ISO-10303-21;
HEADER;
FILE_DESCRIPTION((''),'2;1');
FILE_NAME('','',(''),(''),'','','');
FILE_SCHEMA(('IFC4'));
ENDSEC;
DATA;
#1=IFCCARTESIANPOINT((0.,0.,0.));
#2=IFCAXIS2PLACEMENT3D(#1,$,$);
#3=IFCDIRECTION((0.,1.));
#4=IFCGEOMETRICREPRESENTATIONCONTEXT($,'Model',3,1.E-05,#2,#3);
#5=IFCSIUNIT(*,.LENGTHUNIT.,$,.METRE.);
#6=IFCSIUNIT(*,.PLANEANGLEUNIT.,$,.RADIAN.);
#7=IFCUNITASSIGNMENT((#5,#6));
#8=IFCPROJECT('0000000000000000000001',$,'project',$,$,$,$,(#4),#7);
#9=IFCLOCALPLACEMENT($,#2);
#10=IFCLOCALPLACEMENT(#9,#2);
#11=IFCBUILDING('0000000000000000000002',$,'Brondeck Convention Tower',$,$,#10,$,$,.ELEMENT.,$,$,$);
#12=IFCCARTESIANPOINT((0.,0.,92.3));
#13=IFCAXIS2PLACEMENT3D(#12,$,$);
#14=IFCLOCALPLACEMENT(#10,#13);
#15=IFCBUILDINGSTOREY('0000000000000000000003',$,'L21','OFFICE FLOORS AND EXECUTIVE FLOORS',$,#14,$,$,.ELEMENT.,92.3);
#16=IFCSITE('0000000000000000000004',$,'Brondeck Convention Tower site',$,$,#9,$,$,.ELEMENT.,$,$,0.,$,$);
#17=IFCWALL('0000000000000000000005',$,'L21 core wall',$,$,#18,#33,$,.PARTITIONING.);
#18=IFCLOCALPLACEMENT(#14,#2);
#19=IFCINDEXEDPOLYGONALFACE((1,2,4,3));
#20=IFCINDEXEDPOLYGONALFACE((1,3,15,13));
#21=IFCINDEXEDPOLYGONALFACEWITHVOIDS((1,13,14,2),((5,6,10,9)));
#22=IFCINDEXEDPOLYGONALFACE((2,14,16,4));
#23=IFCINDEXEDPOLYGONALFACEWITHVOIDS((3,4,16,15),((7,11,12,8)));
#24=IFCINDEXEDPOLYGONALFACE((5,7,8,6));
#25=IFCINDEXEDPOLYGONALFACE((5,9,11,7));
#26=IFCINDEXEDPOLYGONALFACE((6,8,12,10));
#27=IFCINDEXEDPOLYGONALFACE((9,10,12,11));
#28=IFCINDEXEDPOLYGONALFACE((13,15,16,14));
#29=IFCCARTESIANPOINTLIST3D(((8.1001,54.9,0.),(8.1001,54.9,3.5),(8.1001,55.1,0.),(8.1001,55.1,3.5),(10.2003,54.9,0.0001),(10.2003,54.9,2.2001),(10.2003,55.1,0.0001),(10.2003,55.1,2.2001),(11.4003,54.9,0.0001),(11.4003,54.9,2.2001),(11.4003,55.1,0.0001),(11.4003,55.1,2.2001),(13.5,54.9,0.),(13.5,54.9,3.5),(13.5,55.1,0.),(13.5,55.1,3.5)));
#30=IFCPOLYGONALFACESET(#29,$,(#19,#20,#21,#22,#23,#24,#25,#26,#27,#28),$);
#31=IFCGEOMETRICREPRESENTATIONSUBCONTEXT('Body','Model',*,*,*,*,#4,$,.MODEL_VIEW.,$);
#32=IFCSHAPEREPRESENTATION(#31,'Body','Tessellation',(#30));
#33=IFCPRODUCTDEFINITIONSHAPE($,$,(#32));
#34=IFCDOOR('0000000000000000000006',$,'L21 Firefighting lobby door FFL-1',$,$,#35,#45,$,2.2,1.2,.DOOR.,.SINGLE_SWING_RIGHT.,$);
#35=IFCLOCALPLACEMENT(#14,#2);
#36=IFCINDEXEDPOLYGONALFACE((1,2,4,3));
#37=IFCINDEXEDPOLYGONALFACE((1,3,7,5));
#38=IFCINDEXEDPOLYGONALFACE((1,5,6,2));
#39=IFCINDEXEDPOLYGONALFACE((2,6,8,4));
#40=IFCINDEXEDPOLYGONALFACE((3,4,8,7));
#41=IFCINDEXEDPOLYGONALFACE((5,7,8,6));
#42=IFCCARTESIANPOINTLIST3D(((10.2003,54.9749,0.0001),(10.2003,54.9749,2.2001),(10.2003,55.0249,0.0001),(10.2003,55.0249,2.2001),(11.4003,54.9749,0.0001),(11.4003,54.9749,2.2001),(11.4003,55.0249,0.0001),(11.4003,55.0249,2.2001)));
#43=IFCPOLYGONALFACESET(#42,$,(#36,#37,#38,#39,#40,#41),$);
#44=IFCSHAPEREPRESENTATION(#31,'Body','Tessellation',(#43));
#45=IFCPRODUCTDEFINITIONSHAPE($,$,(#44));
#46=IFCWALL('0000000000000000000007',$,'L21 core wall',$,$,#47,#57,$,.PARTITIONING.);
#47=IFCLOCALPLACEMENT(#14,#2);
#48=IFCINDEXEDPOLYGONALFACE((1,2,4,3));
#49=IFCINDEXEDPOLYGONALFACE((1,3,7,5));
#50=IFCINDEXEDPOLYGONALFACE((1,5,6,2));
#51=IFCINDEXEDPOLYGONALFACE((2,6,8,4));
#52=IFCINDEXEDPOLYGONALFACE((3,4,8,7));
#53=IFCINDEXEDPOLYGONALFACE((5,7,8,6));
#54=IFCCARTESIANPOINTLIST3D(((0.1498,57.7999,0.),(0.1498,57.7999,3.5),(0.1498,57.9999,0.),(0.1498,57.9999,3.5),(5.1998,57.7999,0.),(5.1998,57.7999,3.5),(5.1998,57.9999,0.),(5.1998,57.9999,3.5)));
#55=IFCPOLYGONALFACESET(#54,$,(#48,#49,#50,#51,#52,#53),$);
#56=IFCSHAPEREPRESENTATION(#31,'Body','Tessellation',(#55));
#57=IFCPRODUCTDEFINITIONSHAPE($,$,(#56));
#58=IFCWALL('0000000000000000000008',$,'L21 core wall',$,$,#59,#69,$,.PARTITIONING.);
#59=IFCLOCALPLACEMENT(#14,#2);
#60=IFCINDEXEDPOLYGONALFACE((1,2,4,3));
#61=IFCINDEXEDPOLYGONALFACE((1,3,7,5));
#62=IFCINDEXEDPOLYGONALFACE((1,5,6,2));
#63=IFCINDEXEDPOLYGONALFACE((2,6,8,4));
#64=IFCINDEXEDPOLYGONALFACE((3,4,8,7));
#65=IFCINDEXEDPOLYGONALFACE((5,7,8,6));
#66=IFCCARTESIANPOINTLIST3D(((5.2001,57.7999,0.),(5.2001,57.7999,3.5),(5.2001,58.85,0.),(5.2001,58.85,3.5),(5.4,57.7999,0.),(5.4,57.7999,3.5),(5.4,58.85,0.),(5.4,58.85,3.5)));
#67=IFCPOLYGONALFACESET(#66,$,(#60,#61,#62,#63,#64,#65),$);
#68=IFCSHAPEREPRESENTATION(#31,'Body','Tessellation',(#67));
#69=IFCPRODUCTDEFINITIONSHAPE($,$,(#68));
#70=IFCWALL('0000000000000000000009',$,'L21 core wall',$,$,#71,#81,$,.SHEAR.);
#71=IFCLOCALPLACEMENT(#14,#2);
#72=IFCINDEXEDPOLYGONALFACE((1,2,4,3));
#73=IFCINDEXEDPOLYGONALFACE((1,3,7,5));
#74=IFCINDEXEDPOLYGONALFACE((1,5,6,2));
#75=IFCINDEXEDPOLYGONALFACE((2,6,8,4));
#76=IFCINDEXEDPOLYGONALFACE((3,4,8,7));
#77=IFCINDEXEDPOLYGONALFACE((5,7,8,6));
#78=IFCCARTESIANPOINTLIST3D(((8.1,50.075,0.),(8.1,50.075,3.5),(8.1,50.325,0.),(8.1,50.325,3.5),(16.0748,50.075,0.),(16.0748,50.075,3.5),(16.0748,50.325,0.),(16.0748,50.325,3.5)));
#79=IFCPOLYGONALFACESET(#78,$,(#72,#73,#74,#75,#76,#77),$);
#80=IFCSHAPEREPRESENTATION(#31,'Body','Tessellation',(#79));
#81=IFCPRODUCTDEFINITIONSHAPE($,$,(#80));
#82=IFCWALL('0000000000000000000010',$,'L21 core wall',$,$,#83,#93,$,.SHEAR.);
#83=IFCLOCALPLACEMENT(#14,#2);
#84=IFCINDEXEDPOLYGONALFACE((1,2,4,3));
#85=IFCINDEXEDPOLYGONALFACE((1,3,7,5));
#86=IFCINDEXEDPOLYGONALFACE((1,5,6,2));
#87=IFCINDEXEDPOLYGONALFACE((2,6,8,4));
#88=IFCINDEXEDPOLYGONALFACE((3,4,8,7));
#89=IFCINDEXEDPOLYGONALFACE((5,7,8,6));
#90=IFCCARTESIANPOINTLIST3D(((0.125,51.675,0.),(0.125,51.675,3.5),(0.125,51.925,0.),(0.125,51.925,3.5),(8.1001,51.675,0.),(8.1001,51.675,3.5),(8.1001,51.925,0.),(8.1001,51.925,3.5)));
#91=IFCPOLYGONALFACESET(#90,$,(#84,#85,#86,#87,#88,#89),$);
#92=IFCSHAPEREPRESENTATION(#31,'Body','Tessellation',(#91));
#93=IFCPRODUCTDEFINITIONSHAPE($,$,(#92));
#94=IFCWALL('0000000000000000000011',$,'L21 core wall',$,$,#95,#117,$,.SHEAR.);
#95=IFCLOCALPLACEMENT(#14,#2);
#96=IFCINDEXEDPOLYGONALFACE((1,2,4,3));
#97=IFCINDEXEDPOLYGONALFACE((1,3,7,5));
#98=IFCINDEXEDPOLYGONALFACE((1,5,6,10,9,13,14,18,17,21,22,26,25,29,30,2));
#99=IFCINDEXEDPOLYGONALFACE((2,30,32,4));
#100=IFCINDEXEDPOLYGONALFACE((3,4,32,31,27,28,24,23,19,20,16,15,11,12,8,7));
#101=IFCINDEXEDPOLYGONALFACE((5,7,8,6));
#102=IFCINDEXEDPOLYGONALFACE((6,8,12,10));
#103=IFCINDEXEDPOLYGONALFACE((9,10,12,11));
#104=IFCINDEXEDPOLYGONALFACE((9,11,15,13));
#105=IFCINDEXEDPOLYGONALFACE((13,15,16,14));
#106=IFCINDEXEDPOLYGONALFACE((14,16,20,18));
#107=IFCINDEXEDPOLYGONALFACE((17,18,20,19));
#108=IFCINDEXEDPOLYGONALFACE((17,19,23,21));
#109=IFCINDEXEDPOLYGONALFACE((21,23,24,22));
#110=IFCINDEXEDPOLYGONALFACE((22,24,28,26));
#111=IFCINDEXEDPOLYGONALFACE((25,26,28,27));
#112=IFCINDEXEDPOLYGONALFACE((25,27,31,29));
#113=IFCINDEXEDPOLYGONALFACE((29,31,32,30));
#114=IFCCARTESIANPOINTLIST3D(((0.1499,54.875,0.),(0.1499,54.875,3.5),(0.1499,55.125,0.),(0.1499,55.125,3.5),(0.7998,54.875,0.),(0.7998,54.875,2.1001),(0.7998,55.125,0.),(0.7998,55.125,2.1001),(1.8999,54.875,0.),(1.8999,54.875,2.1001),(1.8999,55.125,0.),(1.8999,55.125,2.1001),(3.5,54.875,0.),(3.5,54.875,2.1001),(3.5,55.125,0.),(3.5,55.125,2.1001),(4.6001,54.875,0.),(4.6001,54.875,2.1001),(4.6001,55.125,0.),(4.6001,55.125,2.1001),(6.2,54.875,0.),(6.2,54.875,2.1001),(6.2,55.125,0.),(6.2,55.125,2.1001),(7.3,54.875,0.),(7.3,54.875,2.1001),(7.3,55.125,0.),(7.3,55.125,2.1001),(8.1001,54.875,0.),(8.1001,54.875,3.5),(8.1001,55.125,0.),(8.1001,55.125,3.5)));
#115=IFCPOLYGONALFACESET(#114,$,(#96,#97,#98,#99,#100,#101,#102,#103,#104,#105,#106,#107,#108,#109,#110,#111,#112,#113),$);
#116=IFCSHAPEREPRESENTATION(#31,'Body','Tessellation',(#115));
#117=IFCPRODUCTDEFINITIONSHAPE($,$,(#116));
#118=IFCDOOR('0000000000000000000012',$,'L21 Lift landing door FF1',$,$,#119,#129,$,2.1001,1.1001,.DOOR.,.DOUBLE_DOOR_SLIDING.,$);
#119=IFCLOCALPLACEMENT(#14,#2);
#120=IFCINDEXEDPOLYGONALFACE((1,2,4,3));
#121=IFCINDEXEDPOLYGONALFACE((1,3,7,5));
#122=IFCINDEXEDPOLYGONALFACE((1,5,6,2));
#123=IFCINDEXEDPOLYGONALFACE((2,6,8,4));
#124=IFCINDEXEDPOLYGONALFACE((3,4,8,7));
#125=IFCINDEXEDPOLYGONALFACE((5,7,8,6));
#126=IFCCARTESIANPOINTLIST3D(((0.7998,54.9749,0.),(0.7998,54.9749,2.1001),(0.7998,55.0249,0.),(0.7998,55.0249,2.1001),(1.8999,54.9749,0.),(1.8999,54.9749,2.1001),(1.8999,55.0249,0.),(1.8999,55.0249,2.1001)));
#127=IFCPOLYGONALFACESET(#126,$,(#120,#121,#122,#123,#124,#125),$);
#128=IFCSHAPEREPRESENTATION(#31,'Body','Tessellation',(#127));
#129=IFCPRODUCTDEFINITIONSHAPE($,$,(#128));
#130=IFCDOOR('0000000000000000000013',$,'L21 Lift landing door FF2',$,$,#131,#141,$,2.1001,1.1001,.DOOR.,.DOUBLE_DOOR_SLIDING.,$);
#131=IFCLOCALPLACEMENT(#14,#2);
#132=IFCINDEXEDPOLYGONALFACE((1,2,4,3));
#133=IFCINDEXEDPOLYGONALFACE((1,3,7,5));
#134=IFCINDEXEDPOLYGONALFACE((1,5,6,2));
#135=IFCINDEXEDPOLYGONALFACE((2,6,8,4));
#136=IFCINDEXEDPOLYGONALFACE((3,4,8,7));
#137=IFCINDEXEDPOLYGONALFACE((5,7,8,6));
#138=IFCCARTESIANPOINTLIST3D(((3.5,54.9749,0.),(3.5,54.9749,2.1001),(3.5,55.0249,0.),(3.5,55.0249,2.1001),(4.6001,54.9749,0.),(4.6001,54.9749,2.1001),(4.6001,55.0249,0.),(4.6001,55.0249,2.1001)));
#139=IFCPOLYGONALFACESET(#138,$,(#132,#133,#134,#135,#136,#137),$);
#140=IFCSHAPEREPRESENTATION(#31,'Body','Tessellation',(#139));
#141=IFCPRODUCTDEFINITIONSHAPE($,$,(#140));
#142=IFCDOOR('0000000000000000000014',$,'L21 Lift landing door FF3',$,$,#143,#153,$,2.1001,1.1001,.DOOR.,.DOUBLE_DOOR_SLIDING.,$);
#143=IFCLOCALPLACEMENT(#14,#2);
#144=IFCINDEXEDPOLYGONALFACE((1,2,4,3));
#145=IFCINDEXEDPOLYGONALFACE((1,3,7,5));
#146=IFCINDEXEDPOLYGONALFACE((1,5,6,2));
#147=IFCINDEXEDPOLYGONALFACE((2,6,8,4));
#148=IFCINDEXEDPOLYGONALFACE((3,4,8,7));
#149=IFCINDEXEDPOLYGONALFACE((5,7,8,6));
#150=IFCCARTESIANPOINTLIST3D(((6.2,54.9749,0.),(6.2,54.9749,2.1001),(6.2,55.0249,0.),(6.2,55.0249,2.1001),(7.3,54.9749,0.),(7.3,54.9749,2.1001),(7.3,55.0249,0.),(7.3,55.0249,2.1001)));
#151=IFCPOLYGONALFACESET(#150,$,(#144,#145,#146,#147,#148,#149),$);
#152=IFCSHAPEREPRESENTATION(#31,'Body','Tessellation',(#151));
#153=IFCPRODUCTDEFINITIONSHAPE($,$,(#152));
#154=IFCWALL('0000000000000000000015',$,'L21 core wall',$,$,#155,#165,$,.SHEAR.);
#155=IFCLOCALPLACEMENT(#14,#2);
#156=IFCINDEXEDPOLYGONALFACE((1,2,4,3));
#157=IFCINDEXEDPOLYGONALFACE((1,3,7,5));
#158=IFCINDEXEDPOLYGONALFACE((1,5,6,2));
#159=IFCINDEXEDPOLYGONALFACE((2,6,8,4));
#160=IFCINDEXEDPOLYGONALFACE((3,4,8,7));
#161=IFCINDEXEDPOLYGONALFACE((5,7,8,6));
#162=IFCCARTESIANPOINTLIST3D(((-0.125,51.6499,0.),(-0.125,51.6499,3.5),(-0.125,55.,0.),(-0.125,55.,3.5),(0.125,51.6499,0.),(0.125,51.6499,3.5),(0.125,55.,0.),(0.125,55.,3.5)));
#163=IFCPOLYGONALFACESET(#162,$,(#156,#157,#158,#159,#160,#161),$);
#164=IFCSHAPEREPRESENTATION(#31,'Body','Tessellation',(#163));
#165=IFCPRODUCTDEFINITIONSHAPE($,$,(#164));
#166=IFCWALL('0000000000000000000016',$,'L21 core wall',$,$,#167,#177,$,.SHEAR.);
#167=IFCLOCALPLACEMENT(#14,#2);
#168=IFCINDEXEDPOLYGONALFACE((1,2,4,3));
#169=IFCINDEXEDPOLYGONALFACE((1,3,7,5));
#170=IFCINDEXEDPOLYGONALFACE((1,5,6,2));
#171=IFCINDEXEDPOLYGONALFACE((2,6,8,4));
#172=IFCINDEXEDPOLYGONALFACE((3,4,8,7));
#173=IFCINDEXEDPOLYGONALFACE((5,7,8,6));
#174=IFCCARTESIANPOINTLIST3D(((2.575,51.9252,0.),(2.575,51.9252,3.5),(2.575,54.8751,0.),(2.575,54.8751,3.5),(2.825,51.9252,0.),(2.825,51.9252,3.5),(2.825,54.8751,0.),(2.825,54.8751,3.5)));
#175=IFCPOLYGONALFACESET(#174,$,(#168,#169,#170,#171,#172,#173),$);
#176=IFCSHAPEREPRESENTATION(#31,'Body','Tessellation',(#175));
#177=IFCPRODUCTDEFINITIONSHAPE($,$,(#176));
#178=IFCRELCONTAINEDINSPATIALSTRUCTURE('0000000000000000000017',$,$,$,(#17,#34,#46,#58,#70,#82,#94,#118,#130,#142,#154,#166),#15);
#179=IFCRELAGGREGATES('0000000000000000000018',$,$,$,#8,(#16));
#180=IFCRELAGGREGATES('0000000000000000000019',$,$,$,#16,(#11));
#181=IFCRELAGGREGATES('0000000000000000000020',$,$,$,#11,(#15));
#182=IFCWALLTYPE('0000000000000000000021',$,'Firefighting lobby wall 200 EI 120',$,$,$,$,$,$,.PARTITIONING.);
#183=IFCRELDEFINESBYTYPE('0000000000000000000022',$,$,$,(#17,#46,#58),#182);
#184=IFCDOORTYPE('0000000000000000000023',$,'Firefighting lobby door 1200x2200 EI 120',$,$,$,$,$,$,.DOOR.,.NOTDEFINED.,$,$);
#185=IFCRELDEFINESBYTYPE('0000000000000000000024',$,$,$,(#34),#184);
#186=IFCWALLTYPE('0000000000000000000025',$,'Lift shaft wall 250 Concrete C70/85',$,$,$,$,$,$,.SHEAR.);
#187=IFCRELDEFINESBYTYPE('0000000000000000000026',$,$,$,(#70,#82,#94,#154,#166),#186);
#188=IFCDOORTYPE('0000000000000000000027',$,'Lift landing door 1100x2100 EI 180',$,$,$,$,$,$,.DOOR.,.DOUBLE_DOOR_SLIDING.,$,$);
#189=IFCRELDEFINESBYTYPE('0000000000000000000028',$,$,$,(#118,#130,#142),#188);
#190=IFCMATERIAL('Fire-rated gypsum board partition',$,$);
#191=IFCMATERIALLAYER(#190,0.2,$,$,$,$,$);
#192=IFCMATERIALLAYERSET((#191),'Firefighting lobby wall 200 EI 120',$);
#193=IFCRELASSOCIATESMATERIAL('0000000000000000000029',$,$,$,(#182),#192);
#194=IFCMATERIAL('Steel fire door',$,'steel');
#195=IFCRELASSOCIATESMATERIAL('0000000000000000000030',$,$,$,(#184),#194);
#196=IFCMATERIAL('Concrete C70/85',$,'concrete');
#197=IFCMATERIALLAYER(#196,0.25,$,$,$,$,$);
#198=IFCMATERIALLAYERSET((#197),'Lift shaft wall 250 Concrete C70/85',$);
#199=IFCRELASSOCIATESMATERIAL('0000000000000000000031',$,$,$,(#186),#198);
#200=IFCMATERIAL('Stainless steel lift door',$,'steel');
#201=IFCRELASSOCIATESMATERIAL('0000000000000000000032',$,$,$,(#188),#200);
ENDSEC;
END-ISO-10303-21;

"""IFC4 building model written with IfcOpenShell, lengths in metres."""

from ifc_helpers import new_model, si_unit, direction, frame, frame_2d, origin, place, context, subcontext, project, spatial, rectangle, extrude, material, layer, layer_set, type_object, element, fill, save


model = new_model("IFC4")

# Units and contexts
model_context = context("Model", 3, precision=1e-05, world=origin(), true_north=direction((0.0, 1.0)))
body_context = subcontext(model_context, "Body", "Model", "MODEL_VIEW")
ifc_project = project(units=[si_unit("LENGTHUNIT", "METRE"), si_unit("PLANEANGLEUNIT", "RADIAN")], contexts=[model_context])

# Site, building, storey
site_placement = place(None, origin())
site = spatial("IfcSite", under=ifc_project, at=site_placement, Name="Brondeck Convention Tower site", CompositionType="ELEMENT", RefElevation=0.0)
building_placement = place(site_placement, origin())
building = spatial("IfcBuilding", under=site, at=building_placement, Name="Brondeck Convention Tower", CompositionType="ELEMENT")
storey_placement = place(building_placement, frame((0.0, 0.0, 92.3)))
storey = spatial("IfcBuildingStorey", under=building, at=storey_placement, Name="L21", Description="OFFICE FLOORS AND EXECUTIVE FLOORS", CompositionType="ELEMENT", Elevation=92.3)

# Shared definitions
ifc_material_1 = material(Name="Concrete C70/85", Category="concrete")

# Shared definitions
ifc_material_2 = material(Name="Fire-rated gypsum board partition")

# Wall, opening, door
ifc_layer_1 = layer(ifc_material_2, 0.2)
ifc_layer_set_1 = layer_set([ifc_layer_1], Name="Firefighting lobby wall 200 EI 120")
wall_type_1 = type_object("IfcWallType", Name="Firefighting lobby wall 200 EI 120", PredefinedType="PARTITIONING", material=ifc_layer_set_1)
wall_1_placement = place(storey_placement, frame((8.1001, 55.0, 0.0), z_axis=(0.0, 0.0, 1.0), x_axis=(1.0, 0.0, 0.0)))
wall_1 = element("IfcWall", 1, at=wall_1_placement, inside=storey, type_object=wall_type_1, Name="L21 core wall", PredefinedType="PARTITIONING", context=body_context, shape_type="SweptSolid", body=[
    extrude(rectangle(XDim=5.3999, YDim=0.2, at=frame_2d((2.7, 0.0))), origin(), (0.0, 0.0, 1.0), 3.5),
])
opening_1_placement = place(wall_1_placement, frame((2.1001, 0.0, 0.0)))
opening_1 = element("IfcOpeningElement", 2, at=opening_1_placement, cuts=wall_1, PredefinedType="OPENING", context=body_context, shape_type="SweptSolid", body=[
    extrude(rectangle(XDim=1.2, YDim=2.2, at=frame_2d((0.6001, 1.1001))), frame((0.0, 0.1099, 0.0), z_axis=(0.0, -1.0, 0.0), x_axis=(1.0, 0.0, 0.0)), (0.0, 0.0, 1.0), 0.22),
])
ifc_material_3 = material(Name="Steel fire door", Category="steel")
door_type_1 = type_object("IfcDoorType", Name="Firefighting lobby door 1200x2200 EI 120", OperationType="NOTDEFINED", PredefinedType="DOOR", material=ifc_material_3)
door_1_placement = place(opening_1_placement, origin())
door_1 = element("IfcDoor", 3, at=door_1_placement, inside=storey, type_object=door_type_1, Name="L21 Firefighting lobby door FFL-1", OperationType="SINGLE_SWING_RIGHT", OverallHeight=2.2, OverallWidth=1.2, PredefinedType="DOOR", context=body_context, shape_type="SweptSolid", body=[
    extrude(rectangle(XDim=1.2, YDim=2.2, at=frame_2d((0.6001, 1.1001))), frame((0.0, 0.0249, 0.0), z_axis=(0.0, -1.0, 0.0), x_axis=(1.0, 0.0, 0.0)), (0.0, 0.0, 1.0), 0.05),
])
fill(opening_1, door_1)

# Walls
wall_2_placement = place(storey_placement, frame((0.1499, 57.8999, 0.0), z_axis=(0.0, 0.0, 1.0), x_axis=(1.0, 0.0, 0.0)))
element("IfcWall", 4, at=wall_2_placement, inside=storey, type_object=wall_type_1, Name="L21 core wall", PredefinedType="PARTITIONING", context=body_context, shape_type="SweptSolid", body=[
    extrude(rectangle(XDim=5.05, YDim=0.2, at=frame_2d((2.5249, 0.0))), origin(), (0.0, 0.0, 1.0), 3.5),
])
wall_3_placement = place(storey_placement, frame((5.3, 57.8, 0.0), z_axis=(0.0, 0.0, 1.0), x_axis=(0.0, 1.0, 0.0)))
element("IfcWall", 5, at=wall_3_placement, inside=storey, type_object=wall_type_1, Name="L21 core wall", PredefinedType="PARTITIONING", context=body_context, shape_type="SweptSolid", body=[
    extrude(rectangle(XDim=1.05, YDim=0.2, at=frame_2d((0.5249, 0.0))), origin(), (0.0, 0.0, 1.0), 3.5),
])
ifc_layer_2 = layer(ifc_material_1, 0.25)
ifc_layer_set_2 = layer_set([ifc_layer_2], Name="Lift shaft wall 250 Concrete C70/85")
wall_type_2 = type_object("IfcWallType", Name="Lift shaft wall 250 Concrete C70/85", PredefinedType="SHEAR", material=ifc_layer_set_2)
wall_4_placement = place(storey_placement, frame((8.1001, 50.2, 0.0), z_axis=(0.0, 0.0, 1.0), x_axis=(1.0, 0.0, 0.0)))
element("IfcWall", 6, at=wall_4_placement, inside=storey, type_object=wall_type_2, Name="L21 core wall", PredefinedType="SHEAR", context=body_context, shape_type="SweptSolid", body=[
    extrude(rectangle(XDim=7.9749, YDim=0.25, at=frame_2d((3.9873, 0.0))), origin(), (0.0, 0.0, 1.0), 3.5),
])
wall_5_placement = place(storey_placement, frame((0.125, 51.8, 0.0), z_axis=(0.0, 0.0, 1.0), x_axis=(1.0, 0.0, 0.0)))
element("IfcWall", 7, at=wall_5_placement, inside=storey, type_object=wall_type_2, Name="L21 core wall", PredefinedType="SHEAR", context=body_context, shape_type="SweptSolid", body=[
    extrude(rectangle(XDim=7.9751, YDim=0.25, at=frame_2d((3.9875, 0.0))), origin(), (0.0, 0.0, 1.0), 3.5),
])

# Wall, openings, doors
wall_6_placement = place(storey_placement, frame((0.1499, 55.0, 0.0), z_axis=(0.0, 0.0, 1.0), x_axis=(1.0, 0.0, 0.0)))
wall_6 = element("IfcWall", 8, at=wall_6_placement, inside=storey, type_object=wall_type_2, Name="L21 core wall", PredefinedType="SHEAR", context=body_context, shape_type="SweptSolid", body=[
    extrude(rectangle(XDim=7.9502, YDim=0.25, at=frame_2d((3.9751, 0.0))), origin(), (0.0, 0.0, 1.0), 3.5),
])
opening_2_placement = place(wall_6_placement, frame((0.6499, 0.0, 0.0)))
opening_2 = element("IfcOpeningElement", 9, at=opening_2_placement, cuts=wall_6, PredefinedType="OPENING", context=body_context, shape_type="SweptSolid", body=[
    extrude(rectangle(XDim=1.1001, YDim=2.1001, at=frame_2d((0.55, 1.05))), frame((0.0, 0.135, 0.0), z_axis=(0.0, -1.0, 0.0), x_axis=(1.0, 0.0, 0.0)), (0.0, 0.0, 1.0), 0.27),
])
opening_3_placement = place(wall_6_placement, frame((3.3501, 0.0, 0.0)))
opening_3 = element("IfcOpeningElement", 10, at=opening_3_placement, cuts=wall_6, PredefinedType="OPENING", context=body_context, shape_type="SweptSolid", body=[
    extrude(rectangle(XDim=1.1001, YDim=2.1001, at=frame_2d((0.55, 1.05))), frame((0.0, 0.135, 0.0), z_axis=(0.0, -1.0, 0.0), x_axis=(1.0, 0.0, 0.0)), (0.0, 0.0, 1.0), 0.27),
])
opening_4_placement = place(wall_6_placement, frame((6.05, 0.0, 0.0)))
opening_4 = element("IfcOpeningElement", 11, at=opening_4_placement, cuts=wall_6, PredefinedType="OPENING", context=body_context, shape_type="SweptSolid", body=[
    extrude(rectangle(XDim=1.1001, YDim=2.1001, at=frame_2d((0.55, 1.05))), frame((0.0, 0.135, 0.0), z_axis=(0.0, -1.0, 0.0), x_axis=(1.0, 0.0, 0.0)), (0.0, 0.0, 1.0), 0.27),
])
ifc_material_4 = material(Name="Stainless steel lift door", Category="steel")
door_type_2 = type_object("IfcDoorType", Name="Lift landing door 1100x2100 EI 180", OperationType="DOUBLE_DOOR_SLIDING", PredefinedType="DOOR", material=ifc_material_4)
door_2_placement = place(opening_2_placement, origin())
door_2 = element("IfcDoor", 12, at=door_2_placement, inside=storey, type_object=door_type_2, Name="L21 Lift landing door FF1", OperationType="DOUBLE_DOOR_SLIDING", OverallHeight=2.1001, OverallWidth=1.1001, PredefinedType="DOOR", context=body_context, shape_type="SweptSolid", body=[
    extrude(rectangle(XDim=1.1001, YDim=2.1001, at=frame_2d((0.55, 1.05))), frame((0.0, 0.0249, 0.0), z_axis=(0.0, -1.0, 0.0), x_axis=(1.0, 0.0, 0.0)), (0.0, 0.0, 1.0), 0.05),
])
fill(opening_2, door_2)
door_3_placement = place(opening_3_placement, origin())
door_3 = element("IfcDoor", 13, at=door_3_placement, inside=storey, type_object=door_type_2, Name="L21 Lift landing door FF2", OperationType="DOUBLE_DOOR_SLIDING", OverallHeight=2.1001, OverallWidth=1.1001, PredefinedType="DOOR", context=body_context, shape_type="SweptSolid", body=[
    extrude(rectangle(XDim=1.1001, YDim=2.1001, at=frame_2d((0.55, 1.05))), frame((0.0, 0.0249, 0.0), z_axis=(0.0, -1.0, 0.0), x_axis=(1.0, 0.0, 0.0)), (0.0, 0.0, 1.0), 0.05),
])
fill(opening_3, door_3)
door_4_placement = place(opening_4_placement, origin())
door_4 = element("IfcDoor", 14, at=door_4_placement, inside=storey, type_object=door_type_2, Name="L21 Lift landing door FF3", OperationType="DOUBLE_DOOR_SLIDING", OverallHeight=2.1001, OverallWidth=1.1001, PredefinedType="DOOR", context=body_context, shape_type="SweptSolid", body=[
    extrude(rectangle(XDim=1.1001, YDim=2.1001, at=frame_2d((0.55, 1.05))), frame((0.0, 0.0249, 0.0), z_axis=(0.0, -1.0, 0.0), x_axis=(1.0, 0.0, 0.0)), (0.0, 0.0, 1.0), 0.05),
])
fill(opening_4, door_4)

# Walls
wall_7_placement = place(storey_placement, frame((0.0, 51.6499, 0.0), z_axis=(0.0, 0.0, 1.0), x_axis=(0.0, 1.0, 0.0)))
element("IfcWall", 15, at=wall_7_placement, inside=storey, type_object=wall_type_2, Name="L21 core wall", PredefinedType="SHEAR", context=body_context, shape_type="SweptSolid", body=[
    extrude(rectangle(XDim=3.3501, YDim=0.25, at=frame_2d((1.675, 0.0))), origin(), (0.0, 0.0, 1.0), 3.5),
])
for number, where, z_axis, x_axis, name in (
    (16, (2.7, 51.925, 0.0), (0.0, 0.0, 1.0), (0.0, 1.0, 0.0), "L21 core wall"),
):
    element("IfcWall", number, at=place(storey_placement, frame(where, z_axis=z_axis, x_axis=x_axis)), inside=storey, type_object=wall_type_2, Name=name, PredefinedType="SHEAR", context=body_context, shape_type="SweptSolid", body=[
        extrude(rectangle(XDim=2.95, YDim=0.25, at=frame_2d((1.4751, 0.0))), origin(), (0.0, 0.0, 1.0), 3.5),
    ])

save(model, "model.ifc")
